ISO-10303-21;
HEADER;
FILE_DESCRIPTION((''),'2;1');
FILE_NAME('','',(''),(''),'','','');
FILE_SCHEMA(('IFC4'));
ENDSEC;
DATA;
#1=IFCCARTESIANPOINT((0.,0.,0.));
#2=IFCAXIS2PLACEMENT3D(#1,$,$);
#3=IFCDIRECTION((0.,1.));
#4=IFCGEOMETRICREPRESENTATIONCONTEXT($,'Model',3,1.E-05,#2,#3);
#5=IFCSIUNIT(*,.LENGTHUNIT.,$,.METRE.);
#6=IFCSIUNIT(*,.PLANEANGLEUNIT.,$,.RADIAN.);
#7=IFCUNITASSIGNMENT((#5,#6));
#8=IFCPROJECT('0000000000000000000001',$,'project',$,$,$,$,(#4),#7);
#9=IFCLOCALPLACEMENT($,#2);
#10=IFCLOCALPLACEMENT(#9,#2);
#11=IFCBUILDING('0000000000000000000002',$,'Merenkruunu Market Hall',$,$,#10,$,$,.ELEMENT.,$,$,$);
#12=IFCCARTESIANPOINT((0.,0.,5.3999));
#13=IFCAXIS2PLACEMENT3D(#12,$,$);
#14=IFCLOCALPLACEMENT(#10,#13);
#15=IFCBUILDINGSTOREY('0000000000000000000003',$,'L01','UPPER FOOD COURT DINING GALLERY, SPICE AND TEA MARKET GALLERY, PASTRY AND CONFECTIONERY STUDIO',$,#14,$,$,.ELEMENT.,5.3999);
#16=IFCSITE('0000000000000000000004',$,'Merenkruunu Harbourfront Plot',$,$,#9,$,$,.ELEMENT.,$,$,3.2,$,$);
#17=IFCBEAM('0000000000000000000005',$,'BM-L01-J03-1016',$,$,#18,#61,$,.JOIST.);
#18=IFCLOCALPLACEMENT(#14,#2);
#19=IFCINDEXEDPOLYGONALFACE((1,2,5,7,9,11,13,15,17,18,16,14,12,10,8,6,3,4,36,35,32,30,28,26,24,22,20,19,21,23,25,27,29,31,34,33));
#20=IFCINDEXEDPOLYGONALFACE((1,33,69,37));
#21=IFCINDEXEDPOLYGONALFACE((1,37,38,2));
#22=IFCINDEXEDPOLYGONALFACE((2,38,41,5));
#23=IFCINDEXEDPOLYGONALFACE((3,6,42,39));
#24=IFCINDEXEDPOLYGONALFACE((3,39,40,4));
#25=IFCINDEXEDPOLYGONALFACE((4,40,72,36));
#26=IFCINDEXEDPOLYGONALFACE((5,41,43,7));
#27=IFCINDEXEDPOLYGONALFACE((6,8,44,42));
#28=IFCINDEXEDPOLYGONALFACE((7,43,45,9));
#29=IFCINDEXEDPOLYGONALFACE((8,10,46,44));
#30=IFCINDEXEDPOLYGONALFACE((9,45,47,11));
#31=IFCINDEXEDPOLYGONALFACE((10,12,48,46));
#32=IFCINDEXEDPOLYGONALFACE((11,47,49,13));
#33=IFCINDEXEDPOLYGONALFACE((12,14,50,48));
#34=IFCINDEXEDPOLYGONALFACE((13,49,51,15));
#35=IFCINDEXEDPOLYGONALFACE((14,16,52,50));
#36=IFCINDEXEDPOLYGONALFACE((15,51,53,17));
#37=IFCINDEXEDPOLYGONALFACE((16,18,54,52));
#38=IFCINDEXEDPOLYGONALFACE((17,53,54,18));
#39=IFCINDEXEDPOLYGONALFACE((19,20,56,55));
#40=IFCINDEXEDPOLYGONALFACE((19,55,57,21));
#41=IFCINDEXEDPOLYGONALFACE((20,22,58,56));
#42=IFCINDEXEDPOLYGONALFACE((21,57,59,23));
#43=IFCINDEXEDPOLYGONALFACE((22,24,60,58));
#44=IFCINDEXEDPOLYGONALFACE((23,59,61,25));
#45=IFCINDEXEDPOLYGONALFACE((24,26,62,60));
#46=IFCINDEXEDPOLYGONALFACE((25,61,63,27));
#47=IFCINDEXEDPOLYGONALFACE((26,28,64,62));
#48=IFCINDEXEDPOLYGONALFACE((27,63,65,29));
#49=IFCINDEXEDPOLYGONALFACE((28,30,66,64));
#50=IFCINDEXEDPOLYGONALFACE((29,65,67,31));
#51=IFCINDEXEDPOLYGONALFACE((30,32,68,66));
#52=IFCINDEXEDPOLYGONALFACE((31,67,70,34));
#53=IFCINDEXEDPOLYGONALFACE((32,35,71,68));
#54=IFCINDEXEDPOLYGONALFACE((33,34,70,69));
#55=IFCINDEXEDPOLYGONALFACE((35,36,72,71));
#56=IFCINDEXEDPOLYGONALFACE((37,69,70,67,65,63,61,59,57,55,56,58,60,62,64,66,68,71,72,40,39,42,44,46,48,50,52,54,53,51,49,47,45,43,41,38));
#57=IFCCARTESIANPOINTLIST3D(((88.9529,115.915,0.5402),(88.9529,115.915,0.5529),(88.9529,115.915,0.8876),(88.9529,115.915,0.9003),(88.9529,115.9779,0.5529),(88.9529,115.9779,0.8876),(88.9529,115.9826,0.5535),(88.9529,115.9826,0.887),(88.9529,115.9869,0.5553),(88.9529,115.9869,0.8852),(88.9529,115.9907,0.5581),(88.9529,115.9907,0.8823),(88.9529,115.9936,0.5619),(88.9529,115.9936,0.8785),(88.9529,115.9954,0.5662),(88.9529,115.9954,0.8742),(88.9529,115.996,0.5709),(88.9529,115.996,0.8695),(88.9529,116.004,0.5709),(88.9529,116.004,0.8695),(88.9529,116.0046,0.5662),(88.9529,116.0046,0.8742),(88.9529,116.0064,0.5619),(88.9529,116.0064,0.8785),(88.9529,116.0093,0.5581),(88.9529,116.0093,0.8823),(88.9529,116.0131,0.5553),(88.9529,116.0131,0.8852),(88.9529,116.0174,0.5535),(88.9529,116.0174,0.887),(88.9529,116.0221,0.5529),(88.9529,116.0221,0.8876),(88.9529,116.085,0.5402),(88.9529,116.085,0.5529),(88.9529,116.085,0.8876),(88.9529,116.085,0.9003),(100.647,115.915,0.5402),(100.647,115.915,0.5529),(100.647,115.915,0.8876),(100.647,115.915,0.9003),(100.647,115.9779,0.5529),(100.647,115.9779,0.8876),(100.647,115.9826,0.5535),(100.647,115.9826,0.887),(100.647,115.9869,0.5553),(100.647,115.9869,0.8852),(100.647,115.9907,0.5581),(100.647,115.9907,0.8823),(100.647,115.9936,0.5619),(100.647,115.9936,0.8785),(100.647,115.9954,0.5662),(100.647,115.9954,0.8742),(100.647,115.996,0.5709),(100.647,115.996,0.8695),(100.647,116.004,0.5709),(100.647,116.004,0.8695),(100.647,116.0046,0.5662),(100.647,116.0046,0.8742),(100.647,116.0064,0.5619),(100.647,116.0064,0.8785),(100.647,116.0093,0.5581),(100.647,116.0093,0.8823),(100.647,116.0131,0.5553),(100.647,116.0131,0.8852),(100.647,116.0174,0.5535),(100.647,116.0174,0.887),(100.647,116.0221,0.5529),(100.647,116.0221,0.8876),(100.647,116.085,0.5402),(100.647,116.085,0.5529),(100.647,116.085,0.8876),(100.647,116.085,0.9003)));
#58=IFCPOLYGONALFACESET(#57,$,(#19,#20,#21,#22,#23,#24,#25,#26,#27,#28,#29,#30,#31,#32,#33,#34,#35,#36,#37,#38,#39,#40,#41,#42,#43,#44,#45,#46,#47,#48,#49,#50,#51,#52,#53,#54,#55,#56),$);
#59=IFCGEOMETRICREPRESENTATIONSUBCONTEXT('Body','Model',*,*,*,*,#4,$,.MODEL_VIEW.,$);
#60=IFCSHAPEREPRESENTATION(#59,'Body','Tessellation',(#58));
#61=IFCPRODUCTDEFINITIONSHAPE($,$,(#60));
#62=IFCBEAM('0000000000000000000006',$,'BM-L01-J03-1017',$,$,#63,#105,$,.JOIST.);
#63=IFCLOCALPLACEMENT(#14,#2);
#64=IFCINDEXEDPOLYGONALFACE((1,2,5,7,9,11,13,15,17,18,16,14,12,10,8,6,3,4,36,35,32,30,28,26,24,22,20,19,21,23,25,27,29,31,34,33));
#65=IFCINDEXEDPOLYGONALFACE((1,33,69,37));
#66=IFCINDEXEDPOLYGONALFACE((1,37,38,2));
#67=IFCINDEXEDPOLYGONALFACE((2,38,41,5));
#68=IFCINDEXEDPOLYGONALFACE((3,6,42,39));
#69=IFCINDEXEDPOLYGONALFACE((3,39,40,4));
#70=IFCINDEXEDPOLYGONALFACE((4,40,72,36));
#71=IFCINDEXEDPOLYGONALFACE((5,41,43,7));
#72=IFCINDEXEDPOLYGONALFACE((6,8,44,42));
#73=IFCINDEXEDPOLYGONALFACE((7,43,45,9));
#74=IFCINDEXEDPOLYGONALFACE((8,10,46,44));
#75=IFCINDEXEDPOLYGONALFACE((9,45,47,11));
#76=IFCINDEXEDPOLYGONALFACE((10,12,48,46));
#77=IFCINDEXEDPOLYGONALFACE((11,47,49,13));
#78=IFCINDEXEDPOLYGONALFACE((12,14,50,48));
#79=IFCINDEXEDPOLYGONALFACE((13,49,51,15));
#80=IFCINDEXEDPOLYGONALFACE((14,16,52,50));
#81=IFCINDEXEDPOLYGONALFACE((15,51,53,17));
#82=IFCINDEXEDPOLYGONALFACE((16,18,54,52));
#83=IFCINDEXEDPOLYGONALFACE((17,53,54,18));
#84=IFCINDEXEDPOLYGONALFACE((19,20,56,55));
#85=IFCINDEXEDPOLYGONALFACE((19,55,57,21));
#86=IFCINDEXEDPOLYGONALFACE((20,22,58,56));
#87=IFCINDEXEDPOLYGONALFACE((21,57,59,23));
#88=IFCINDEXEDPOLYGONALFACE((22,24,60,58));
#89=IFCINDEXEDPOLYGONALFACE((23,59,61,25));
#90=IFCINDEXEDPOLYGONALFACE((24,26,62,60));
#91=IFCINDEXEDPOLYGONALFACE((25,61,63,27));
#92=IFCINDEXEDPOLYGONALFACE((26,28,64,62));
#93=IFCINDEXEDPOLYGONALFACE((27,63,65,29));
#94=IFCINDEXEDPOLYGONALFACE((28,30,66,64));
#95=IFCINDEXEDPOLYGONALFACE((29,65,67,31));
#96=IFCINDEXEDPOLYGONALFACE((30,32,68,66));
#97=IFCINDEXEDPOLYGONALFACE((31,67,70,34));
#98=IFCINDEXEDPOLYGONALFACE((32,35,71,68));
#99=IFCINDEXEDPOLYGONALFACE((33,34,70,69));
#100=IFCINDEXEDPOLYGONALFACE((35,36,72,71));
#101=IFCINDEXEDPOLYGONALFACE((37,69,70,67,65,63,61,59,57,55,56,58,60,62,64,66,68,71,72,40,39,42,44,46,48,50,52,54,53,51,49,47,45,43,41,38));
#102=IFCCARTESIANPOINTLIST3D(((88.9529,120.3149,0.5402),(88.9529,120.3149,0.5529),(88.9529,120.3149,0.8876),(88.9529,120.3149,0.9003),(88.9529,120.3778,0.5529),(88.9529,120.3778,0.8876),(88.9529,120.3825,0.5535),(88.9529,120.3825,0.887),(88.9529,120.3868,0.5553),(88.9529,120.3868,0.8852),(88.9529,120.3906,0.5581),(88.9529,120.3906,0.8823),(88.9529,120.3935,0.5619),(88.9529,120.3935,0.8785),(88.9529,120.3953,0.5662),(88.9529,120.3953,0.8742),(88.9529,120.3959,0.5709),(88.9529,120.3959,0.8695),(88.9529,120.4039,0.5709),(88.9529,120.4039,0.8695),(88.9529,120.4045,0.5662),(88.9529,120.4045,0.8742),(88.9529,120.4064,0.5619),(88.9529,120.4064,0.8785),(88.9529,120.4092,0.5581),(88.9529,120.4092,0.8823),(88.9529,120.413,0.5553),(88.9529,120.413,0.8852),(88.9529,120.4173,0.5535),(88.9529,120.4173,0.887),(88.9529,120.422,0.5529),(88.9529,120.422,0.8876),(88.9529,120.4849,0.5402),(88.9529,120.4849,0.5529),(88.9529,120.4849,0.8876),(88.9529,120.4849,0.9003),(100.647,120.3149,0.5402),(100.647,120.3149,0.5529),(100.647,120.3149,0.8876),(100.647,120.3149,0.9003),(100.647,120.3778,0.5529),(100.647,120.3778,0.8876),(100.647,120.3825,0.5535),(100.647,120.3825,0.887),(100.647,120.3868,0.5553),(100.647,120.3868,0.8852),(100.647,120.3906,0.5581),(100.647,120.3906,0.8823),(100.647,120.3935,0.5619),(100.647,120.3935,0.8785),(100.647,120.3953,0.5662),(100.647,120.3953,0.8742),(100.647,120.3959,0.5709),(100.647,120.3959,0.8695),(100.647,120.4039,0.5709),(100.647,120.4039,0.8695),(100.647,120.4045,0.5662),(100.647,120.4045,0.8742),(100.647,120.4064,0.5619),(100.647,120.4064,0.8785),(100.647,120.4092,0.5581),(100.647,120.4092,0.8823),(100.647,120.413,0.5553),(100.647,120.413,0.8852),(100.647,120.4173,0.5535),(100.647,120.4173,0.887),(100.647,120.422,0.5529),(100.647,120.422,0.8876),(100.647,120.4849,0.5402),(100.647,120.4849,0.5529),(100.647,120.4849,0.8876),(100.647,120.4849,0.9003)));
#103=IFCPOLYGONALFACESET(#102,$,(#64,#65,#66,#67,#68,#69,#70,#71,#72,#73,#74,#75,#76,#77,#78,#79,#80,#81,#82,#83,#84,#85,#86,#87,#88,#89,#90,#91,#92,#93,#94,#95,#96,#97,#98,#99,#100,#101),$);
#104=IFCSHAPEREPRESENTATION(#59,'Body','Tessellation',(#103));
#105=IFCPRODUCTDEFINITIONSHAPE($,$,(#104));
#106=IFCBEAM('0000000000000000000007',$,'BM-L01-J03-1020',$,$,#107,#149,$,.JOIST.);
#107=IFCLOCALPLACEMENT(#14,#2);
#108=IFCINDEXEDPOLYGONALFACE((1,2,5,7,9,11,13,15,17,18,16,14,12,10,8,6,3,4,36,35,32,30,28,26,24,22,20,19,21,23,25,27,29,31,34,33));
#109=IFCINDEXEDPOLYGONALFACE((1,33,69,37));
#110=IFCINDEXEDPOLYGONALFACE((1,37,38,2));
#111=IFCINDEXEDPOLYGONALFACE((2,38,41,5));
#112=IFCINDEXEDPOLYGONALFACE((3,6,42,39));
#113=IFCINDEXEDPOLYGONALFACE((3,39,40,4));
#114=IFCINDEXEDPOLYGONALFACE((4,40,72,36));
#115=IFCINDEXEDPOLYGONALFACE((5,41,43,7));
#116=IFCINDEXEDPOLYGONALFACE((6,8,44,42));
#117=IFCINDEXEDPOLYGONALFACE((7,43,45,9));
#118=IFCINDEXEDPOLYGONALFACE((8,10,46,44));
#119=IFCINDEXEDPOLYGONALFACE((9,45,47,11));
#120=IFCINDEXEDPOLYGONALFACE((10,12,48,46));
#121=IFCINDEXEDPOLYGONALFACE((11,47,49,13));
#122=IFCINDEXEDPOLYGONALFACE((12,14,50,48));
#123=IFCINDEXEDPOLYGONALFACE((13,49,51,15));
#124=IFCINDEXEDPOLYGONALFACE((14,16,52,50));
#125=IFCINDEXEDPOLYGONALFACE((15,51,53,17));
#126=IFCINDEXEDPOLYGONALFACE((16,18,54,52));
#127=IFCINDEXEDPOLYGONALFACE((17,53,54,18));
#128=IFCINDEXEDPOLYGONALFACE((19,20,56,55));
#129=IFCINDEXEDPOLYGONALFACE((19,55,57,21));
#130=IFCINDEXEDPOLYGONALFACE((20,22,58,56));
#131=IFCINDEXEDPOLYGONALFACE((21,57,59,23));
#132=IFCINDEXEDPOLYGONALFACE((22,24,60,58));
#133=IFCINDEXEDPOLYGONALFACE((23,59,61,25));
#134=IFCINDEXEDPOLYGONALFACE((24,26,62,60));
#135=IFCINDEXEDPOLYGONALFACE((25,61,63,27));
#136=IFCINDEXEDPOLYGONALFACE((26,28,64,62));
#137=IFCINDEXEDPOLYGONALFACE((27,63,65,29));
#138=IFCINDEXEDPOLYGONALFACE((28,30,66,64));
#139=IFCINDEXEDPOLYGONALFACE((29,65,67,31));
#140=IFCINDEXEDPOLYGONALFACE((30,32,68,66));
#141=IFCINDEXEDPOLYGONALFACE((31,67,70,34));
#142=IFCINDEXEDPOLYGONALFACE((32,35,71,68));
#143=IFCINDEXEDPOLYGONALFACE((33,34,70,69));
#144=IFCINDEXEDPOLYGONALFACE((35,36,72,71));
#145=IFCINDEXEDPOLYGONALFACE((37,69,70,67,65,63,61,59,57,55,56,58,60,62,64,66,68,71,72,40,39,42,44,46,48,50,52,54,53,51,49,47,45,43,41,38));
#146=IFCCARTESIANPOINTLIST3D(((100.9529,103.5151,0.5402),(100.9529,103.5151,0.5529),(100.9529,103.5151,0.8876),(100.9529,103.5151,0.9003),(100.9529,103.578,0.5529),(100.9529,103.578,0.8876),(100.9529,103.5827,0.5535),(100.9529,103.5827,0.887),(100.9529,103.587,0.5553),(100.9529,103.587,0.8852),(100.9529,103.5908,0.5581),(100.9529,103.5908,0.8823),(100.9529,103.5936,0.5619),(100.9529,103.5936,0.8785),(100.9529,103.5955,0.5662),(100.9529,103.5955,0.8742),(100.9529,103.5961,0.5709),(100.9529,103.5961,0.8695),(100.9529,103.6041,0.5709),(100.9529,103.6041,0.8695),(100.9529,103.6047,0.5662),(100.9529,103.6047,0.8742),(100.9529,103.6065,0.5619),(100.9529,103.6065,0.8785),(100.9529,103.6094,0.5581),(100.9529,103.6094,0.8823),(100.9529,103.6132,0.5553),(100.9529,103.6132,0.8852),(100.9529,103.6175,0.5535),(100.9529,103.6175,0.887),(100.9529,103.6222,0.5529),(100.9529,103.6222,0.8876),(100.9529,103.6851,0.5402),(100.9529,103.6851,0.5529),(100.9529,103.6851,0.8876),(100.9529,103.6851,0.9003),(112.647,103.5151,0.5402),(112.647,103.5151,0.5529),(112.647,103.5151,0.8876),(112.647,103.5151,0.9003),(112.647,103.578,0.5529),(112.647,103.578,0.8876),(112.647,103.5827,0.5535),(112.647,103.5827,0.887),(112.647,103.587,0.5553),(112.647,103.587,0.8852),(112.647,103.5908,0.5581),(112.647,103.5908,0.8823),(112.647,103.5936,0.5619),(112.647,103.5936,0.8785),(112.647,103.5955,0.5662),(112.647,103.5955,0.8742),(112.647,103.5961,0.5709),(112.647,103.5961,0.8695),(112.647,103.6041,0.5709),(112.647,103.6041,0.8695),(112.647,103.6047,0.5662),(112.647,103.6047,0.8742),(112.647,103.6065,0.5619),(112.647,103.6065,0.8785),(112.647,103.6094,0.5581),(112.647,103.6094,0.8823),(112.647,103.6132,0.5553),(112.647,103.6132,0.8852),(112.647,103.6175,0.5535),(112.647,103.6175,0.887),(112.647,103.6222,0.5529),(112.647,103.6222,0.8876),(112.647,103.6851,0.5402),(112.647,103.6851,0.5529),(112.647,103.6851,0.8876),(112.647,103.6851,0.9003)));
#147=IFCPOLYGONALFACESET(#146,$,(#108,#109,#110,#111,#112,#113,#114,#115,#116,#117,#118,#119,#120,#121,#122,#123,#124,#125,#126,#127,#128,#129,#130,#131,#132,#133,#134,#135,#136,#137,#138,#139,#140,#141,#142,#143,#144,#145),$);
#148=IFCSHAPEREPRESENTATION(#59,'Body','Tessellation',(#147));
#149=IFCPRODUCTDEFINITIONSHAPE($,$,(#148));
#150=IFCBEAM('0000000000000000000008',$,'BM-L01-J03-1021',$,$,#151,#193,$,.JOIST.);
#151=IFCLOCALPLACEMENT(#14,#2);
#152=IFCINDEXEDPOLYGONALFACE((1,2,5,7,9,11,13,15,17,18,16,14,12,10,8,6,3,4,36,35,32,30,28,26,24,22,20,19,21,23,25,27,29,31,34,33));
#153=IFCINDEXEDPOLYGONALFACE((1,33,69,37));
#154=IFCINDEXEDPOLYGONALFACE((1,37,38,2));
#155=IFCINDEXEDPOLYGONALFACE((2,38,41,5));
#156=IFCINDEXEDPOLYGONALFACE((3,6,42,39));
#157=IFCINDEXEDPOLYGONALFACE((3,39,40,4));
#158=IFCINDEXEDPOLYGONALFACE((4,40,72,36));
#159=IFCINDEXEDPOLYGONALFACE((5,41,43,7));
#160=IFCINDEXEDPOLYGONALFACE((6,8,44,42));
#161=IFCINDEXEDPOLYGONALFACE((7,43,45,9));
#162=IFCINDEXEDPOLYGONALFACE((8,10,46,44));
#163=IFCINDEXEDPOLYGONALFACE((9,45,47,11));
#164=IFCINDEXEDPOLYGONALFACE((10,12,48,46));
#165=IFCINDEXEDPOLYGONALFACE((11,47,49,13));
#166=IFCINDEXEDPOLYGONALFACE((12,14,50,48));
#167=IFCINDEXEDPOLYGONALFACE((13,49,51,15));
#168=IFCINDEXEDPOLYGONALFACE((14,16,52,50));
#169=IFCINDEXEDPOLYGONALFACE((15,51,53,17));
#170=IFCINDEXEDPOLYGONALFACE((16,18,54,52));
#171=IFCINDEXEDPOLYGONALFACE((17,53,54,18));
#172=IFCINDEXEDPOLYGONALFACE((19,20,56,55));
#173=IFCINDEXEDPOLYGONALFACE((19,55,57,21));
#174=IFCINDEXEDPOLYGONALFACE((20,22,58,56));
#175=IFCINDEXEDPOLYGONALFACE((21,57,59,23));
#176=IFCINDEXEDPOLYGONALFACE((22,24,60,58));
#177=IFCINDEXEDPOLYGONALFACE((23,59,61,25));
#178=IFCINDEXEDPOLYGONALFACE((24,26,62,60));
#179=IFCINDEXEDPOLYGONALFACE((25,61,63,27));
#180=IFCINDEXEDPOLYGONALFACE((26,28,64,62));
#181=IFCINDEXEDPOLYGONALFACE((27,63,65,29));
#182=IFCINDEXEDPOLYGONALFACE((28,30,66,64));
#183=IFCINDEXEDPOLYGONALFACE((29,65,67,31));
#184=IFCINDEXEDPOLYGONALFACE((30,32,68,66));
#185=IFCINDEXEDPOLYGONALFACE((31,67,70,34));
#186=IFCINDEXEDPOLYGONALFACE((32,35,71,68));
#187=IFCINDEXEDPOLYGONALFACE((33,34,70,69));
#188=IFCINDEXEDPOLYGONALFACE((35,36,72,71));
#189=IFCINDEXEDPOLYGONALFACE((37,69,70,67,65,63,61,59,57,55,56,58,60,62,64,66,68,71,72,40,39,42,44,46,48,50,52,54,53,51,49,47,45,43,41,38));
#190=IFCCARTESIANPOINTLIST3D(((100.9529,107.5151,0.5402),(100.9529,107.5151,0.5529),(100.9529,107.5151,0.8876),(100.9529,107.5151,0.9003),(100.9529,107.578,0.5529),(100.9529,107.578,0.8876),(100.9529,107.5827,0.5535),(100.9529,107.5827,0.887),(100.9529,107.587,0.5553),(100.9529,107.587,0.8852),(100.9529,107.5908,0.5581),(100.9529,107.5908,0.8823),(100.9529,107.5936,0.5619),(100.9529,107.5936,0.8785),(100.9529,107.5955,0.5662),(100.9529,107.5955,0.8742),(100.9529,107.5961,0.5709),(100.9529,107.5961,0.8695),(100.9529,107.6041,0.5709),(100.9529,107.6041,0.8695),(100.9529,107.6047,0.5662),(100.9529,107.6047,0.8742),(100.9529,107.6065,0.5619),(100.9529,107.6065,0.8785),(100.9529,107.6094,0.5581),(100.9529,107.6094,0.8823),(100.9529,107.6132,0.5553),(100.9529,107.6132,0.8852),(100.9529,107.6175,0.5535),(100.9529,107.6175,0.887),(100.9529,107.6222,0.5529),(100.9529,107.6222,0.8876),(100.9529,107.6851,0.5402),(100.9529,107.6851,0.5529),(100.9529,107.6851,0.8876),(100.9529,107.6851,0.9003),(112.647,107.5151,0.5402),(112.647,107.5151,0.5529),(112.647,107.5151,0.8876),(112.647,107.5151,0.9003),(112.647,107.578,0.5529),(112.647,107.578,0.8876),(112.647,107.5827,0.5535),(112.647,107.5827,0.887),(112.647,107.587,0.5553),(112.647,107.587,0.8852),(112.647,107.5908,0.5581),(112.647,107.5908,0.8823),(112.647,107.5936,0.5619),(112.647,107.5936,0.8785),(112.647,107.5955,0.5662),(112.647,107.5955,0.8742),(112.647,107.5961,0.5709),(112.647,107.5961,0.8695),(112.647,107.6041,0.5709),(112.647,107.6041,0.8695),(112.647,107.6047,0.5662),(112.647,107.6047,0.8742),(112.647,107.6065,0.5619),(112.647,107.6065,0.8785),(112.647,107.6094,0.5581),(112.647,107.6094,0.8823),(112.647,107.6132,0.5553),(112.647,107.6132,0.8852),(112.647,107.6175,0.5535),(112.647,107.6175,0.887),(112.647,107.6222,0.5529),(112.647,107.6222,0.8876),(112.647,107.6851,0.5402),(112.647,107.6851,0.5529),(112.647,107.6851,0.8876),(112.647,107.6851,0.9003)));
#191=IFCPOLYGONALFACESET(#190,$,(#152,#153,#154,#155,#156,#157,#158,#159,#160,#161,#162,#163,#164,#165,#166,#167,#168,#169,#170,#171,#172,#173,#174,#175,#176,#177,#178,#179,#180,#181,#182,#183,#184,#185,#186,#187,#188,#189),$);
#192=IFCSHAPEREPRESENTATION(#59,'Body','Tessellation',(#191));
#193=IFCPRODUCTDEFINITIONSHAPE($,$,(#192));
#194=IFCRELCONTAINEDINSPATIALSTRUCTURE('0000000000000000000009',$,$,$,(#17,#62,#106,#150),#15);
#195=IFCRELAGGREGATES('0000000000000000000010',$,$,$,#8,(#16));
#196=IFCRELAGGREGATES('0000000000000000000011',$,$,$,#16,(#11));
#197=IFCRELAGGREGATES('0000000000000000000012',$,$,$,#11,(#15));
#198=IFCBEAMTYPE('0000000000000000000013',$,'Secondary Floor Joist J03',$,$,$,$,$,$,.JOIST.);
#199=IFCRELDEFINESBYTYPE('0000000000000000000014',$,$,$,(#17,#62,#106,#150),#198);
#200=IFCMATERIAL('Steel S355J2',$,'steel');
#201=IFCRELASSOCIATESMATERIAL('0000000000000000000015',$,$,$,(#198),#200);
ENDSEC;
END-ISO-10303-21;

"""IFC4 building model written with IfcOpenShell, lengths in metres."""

from ifc_helpers import new_model, si_unit, direction, frame, origin, origin_2d, place, context, subcontext, project, spatial, i_section, extrude, material, material_profile, profile_set, type_object, element, save


model = new_model("IFC4")

# Units and contexts
model_context = context("Model", 3, precision=1e-05, world=origin(), true_north=direction((0.0, 1.0)))
body_context = subcontext(model_context, "Body", "Model", "MODEL_VIEW")
ifc_project = project(units=[si_unit("LENGTHUNIT", "METRE"), si_unit("PLANEANGLEUNIT", "RADIAN")], contexts=[model_context])

# Site, building, storey
site_placement = place(None, origin())
site = spatial("IfcSite", under=ifc_project, at=site_placement, Name="Merenkruunu Harbourfront Plot", CompositionType="ELEMENT", RefElevation=3.2)
building_placement = place(site_placement, origin())
building = spatial("IfcBuilding", under=site, at=building_placement, Name="Merenkruunu Market Hall", CompositionType="ELEMENT")
storey_placement = place(building_placement, frame((0.0, 0.0, 5.3999)))
storey = spatial("IfcBuildingStorey", under=building, at=storey_placement, Name="L01", Description="UPPER FOOD COURT DINING GALLERY, SPICE AND TEA MARKET GALLERY, PASTRY AND CONFECTIONERY STUDIO", CompositionType="ELEMENT", Elevation=5.3999)

# Beams
ifc_material_1 = material(Name="Steel S355J2", Category="steel")
ifc_material_profile_1 = material_profile(ifc_material_1, i_section(OverallWidth=0.1699, OverallDepth=0.3601, WebThickness=0.0081, FlangeThickness=0.0127, FilletRadius=0.0181, at=origin_2d()), Name="IPE 360")
ifc_profile_set_1 = profile_set([ifc_material_profile_1], Name="Steel S355J2")
beam_type_1 = type_object("IfcBeamType", Name="Secondary Floor Joist J03", PredefinedType="JOIST", material=ifc_profile_set_1)
for number, where, z_axis, x_axis, name in (
    (1, (88.9529, 116.0, 0.7202), (1.0, 0.0, 0.0), (0.0, 1.0, 0.0), "BM-L01-J03-1016"),
    (2, (88.9529, 120.3999, 0.7202), (1.0, 0.0, 0.0), (0.0, 1.0, 0.0), "BM-L01-J03-1017"),
    (3, (100.9529, 103.6001, 0.7202), (1.0, 0.0, 0.0), (0.0, 1.0, 0.0), "BM-L01-J03-1020"),
    (4, (100.9529, 107.6001, 0.7202), (1.0, 0.0, 0.0), (0.0, 1.0, 0.0), "BM-L01-J03-1021"),
):
    element("IfcBeam", number, at=place(storey_placement, frame(where, z_axis=z_axis, x_axis=x_axis)), inside=storey, type_object=beam_type_1, Name=name, PredefinedType="JOIST", context=body_context, shape_type="SweptSolid", body=[
        extrude(i_section(OverallWidth=0.1699, OverallDepth=0.3601, WebThickness=0.0081, FlangeThickness=0.0127, FilletRadius=0.0181, at=origin_2d()), origin(), (0.0, 0.0, 1.0), 11.6941),
    ])

save(model, "model.ifc")
